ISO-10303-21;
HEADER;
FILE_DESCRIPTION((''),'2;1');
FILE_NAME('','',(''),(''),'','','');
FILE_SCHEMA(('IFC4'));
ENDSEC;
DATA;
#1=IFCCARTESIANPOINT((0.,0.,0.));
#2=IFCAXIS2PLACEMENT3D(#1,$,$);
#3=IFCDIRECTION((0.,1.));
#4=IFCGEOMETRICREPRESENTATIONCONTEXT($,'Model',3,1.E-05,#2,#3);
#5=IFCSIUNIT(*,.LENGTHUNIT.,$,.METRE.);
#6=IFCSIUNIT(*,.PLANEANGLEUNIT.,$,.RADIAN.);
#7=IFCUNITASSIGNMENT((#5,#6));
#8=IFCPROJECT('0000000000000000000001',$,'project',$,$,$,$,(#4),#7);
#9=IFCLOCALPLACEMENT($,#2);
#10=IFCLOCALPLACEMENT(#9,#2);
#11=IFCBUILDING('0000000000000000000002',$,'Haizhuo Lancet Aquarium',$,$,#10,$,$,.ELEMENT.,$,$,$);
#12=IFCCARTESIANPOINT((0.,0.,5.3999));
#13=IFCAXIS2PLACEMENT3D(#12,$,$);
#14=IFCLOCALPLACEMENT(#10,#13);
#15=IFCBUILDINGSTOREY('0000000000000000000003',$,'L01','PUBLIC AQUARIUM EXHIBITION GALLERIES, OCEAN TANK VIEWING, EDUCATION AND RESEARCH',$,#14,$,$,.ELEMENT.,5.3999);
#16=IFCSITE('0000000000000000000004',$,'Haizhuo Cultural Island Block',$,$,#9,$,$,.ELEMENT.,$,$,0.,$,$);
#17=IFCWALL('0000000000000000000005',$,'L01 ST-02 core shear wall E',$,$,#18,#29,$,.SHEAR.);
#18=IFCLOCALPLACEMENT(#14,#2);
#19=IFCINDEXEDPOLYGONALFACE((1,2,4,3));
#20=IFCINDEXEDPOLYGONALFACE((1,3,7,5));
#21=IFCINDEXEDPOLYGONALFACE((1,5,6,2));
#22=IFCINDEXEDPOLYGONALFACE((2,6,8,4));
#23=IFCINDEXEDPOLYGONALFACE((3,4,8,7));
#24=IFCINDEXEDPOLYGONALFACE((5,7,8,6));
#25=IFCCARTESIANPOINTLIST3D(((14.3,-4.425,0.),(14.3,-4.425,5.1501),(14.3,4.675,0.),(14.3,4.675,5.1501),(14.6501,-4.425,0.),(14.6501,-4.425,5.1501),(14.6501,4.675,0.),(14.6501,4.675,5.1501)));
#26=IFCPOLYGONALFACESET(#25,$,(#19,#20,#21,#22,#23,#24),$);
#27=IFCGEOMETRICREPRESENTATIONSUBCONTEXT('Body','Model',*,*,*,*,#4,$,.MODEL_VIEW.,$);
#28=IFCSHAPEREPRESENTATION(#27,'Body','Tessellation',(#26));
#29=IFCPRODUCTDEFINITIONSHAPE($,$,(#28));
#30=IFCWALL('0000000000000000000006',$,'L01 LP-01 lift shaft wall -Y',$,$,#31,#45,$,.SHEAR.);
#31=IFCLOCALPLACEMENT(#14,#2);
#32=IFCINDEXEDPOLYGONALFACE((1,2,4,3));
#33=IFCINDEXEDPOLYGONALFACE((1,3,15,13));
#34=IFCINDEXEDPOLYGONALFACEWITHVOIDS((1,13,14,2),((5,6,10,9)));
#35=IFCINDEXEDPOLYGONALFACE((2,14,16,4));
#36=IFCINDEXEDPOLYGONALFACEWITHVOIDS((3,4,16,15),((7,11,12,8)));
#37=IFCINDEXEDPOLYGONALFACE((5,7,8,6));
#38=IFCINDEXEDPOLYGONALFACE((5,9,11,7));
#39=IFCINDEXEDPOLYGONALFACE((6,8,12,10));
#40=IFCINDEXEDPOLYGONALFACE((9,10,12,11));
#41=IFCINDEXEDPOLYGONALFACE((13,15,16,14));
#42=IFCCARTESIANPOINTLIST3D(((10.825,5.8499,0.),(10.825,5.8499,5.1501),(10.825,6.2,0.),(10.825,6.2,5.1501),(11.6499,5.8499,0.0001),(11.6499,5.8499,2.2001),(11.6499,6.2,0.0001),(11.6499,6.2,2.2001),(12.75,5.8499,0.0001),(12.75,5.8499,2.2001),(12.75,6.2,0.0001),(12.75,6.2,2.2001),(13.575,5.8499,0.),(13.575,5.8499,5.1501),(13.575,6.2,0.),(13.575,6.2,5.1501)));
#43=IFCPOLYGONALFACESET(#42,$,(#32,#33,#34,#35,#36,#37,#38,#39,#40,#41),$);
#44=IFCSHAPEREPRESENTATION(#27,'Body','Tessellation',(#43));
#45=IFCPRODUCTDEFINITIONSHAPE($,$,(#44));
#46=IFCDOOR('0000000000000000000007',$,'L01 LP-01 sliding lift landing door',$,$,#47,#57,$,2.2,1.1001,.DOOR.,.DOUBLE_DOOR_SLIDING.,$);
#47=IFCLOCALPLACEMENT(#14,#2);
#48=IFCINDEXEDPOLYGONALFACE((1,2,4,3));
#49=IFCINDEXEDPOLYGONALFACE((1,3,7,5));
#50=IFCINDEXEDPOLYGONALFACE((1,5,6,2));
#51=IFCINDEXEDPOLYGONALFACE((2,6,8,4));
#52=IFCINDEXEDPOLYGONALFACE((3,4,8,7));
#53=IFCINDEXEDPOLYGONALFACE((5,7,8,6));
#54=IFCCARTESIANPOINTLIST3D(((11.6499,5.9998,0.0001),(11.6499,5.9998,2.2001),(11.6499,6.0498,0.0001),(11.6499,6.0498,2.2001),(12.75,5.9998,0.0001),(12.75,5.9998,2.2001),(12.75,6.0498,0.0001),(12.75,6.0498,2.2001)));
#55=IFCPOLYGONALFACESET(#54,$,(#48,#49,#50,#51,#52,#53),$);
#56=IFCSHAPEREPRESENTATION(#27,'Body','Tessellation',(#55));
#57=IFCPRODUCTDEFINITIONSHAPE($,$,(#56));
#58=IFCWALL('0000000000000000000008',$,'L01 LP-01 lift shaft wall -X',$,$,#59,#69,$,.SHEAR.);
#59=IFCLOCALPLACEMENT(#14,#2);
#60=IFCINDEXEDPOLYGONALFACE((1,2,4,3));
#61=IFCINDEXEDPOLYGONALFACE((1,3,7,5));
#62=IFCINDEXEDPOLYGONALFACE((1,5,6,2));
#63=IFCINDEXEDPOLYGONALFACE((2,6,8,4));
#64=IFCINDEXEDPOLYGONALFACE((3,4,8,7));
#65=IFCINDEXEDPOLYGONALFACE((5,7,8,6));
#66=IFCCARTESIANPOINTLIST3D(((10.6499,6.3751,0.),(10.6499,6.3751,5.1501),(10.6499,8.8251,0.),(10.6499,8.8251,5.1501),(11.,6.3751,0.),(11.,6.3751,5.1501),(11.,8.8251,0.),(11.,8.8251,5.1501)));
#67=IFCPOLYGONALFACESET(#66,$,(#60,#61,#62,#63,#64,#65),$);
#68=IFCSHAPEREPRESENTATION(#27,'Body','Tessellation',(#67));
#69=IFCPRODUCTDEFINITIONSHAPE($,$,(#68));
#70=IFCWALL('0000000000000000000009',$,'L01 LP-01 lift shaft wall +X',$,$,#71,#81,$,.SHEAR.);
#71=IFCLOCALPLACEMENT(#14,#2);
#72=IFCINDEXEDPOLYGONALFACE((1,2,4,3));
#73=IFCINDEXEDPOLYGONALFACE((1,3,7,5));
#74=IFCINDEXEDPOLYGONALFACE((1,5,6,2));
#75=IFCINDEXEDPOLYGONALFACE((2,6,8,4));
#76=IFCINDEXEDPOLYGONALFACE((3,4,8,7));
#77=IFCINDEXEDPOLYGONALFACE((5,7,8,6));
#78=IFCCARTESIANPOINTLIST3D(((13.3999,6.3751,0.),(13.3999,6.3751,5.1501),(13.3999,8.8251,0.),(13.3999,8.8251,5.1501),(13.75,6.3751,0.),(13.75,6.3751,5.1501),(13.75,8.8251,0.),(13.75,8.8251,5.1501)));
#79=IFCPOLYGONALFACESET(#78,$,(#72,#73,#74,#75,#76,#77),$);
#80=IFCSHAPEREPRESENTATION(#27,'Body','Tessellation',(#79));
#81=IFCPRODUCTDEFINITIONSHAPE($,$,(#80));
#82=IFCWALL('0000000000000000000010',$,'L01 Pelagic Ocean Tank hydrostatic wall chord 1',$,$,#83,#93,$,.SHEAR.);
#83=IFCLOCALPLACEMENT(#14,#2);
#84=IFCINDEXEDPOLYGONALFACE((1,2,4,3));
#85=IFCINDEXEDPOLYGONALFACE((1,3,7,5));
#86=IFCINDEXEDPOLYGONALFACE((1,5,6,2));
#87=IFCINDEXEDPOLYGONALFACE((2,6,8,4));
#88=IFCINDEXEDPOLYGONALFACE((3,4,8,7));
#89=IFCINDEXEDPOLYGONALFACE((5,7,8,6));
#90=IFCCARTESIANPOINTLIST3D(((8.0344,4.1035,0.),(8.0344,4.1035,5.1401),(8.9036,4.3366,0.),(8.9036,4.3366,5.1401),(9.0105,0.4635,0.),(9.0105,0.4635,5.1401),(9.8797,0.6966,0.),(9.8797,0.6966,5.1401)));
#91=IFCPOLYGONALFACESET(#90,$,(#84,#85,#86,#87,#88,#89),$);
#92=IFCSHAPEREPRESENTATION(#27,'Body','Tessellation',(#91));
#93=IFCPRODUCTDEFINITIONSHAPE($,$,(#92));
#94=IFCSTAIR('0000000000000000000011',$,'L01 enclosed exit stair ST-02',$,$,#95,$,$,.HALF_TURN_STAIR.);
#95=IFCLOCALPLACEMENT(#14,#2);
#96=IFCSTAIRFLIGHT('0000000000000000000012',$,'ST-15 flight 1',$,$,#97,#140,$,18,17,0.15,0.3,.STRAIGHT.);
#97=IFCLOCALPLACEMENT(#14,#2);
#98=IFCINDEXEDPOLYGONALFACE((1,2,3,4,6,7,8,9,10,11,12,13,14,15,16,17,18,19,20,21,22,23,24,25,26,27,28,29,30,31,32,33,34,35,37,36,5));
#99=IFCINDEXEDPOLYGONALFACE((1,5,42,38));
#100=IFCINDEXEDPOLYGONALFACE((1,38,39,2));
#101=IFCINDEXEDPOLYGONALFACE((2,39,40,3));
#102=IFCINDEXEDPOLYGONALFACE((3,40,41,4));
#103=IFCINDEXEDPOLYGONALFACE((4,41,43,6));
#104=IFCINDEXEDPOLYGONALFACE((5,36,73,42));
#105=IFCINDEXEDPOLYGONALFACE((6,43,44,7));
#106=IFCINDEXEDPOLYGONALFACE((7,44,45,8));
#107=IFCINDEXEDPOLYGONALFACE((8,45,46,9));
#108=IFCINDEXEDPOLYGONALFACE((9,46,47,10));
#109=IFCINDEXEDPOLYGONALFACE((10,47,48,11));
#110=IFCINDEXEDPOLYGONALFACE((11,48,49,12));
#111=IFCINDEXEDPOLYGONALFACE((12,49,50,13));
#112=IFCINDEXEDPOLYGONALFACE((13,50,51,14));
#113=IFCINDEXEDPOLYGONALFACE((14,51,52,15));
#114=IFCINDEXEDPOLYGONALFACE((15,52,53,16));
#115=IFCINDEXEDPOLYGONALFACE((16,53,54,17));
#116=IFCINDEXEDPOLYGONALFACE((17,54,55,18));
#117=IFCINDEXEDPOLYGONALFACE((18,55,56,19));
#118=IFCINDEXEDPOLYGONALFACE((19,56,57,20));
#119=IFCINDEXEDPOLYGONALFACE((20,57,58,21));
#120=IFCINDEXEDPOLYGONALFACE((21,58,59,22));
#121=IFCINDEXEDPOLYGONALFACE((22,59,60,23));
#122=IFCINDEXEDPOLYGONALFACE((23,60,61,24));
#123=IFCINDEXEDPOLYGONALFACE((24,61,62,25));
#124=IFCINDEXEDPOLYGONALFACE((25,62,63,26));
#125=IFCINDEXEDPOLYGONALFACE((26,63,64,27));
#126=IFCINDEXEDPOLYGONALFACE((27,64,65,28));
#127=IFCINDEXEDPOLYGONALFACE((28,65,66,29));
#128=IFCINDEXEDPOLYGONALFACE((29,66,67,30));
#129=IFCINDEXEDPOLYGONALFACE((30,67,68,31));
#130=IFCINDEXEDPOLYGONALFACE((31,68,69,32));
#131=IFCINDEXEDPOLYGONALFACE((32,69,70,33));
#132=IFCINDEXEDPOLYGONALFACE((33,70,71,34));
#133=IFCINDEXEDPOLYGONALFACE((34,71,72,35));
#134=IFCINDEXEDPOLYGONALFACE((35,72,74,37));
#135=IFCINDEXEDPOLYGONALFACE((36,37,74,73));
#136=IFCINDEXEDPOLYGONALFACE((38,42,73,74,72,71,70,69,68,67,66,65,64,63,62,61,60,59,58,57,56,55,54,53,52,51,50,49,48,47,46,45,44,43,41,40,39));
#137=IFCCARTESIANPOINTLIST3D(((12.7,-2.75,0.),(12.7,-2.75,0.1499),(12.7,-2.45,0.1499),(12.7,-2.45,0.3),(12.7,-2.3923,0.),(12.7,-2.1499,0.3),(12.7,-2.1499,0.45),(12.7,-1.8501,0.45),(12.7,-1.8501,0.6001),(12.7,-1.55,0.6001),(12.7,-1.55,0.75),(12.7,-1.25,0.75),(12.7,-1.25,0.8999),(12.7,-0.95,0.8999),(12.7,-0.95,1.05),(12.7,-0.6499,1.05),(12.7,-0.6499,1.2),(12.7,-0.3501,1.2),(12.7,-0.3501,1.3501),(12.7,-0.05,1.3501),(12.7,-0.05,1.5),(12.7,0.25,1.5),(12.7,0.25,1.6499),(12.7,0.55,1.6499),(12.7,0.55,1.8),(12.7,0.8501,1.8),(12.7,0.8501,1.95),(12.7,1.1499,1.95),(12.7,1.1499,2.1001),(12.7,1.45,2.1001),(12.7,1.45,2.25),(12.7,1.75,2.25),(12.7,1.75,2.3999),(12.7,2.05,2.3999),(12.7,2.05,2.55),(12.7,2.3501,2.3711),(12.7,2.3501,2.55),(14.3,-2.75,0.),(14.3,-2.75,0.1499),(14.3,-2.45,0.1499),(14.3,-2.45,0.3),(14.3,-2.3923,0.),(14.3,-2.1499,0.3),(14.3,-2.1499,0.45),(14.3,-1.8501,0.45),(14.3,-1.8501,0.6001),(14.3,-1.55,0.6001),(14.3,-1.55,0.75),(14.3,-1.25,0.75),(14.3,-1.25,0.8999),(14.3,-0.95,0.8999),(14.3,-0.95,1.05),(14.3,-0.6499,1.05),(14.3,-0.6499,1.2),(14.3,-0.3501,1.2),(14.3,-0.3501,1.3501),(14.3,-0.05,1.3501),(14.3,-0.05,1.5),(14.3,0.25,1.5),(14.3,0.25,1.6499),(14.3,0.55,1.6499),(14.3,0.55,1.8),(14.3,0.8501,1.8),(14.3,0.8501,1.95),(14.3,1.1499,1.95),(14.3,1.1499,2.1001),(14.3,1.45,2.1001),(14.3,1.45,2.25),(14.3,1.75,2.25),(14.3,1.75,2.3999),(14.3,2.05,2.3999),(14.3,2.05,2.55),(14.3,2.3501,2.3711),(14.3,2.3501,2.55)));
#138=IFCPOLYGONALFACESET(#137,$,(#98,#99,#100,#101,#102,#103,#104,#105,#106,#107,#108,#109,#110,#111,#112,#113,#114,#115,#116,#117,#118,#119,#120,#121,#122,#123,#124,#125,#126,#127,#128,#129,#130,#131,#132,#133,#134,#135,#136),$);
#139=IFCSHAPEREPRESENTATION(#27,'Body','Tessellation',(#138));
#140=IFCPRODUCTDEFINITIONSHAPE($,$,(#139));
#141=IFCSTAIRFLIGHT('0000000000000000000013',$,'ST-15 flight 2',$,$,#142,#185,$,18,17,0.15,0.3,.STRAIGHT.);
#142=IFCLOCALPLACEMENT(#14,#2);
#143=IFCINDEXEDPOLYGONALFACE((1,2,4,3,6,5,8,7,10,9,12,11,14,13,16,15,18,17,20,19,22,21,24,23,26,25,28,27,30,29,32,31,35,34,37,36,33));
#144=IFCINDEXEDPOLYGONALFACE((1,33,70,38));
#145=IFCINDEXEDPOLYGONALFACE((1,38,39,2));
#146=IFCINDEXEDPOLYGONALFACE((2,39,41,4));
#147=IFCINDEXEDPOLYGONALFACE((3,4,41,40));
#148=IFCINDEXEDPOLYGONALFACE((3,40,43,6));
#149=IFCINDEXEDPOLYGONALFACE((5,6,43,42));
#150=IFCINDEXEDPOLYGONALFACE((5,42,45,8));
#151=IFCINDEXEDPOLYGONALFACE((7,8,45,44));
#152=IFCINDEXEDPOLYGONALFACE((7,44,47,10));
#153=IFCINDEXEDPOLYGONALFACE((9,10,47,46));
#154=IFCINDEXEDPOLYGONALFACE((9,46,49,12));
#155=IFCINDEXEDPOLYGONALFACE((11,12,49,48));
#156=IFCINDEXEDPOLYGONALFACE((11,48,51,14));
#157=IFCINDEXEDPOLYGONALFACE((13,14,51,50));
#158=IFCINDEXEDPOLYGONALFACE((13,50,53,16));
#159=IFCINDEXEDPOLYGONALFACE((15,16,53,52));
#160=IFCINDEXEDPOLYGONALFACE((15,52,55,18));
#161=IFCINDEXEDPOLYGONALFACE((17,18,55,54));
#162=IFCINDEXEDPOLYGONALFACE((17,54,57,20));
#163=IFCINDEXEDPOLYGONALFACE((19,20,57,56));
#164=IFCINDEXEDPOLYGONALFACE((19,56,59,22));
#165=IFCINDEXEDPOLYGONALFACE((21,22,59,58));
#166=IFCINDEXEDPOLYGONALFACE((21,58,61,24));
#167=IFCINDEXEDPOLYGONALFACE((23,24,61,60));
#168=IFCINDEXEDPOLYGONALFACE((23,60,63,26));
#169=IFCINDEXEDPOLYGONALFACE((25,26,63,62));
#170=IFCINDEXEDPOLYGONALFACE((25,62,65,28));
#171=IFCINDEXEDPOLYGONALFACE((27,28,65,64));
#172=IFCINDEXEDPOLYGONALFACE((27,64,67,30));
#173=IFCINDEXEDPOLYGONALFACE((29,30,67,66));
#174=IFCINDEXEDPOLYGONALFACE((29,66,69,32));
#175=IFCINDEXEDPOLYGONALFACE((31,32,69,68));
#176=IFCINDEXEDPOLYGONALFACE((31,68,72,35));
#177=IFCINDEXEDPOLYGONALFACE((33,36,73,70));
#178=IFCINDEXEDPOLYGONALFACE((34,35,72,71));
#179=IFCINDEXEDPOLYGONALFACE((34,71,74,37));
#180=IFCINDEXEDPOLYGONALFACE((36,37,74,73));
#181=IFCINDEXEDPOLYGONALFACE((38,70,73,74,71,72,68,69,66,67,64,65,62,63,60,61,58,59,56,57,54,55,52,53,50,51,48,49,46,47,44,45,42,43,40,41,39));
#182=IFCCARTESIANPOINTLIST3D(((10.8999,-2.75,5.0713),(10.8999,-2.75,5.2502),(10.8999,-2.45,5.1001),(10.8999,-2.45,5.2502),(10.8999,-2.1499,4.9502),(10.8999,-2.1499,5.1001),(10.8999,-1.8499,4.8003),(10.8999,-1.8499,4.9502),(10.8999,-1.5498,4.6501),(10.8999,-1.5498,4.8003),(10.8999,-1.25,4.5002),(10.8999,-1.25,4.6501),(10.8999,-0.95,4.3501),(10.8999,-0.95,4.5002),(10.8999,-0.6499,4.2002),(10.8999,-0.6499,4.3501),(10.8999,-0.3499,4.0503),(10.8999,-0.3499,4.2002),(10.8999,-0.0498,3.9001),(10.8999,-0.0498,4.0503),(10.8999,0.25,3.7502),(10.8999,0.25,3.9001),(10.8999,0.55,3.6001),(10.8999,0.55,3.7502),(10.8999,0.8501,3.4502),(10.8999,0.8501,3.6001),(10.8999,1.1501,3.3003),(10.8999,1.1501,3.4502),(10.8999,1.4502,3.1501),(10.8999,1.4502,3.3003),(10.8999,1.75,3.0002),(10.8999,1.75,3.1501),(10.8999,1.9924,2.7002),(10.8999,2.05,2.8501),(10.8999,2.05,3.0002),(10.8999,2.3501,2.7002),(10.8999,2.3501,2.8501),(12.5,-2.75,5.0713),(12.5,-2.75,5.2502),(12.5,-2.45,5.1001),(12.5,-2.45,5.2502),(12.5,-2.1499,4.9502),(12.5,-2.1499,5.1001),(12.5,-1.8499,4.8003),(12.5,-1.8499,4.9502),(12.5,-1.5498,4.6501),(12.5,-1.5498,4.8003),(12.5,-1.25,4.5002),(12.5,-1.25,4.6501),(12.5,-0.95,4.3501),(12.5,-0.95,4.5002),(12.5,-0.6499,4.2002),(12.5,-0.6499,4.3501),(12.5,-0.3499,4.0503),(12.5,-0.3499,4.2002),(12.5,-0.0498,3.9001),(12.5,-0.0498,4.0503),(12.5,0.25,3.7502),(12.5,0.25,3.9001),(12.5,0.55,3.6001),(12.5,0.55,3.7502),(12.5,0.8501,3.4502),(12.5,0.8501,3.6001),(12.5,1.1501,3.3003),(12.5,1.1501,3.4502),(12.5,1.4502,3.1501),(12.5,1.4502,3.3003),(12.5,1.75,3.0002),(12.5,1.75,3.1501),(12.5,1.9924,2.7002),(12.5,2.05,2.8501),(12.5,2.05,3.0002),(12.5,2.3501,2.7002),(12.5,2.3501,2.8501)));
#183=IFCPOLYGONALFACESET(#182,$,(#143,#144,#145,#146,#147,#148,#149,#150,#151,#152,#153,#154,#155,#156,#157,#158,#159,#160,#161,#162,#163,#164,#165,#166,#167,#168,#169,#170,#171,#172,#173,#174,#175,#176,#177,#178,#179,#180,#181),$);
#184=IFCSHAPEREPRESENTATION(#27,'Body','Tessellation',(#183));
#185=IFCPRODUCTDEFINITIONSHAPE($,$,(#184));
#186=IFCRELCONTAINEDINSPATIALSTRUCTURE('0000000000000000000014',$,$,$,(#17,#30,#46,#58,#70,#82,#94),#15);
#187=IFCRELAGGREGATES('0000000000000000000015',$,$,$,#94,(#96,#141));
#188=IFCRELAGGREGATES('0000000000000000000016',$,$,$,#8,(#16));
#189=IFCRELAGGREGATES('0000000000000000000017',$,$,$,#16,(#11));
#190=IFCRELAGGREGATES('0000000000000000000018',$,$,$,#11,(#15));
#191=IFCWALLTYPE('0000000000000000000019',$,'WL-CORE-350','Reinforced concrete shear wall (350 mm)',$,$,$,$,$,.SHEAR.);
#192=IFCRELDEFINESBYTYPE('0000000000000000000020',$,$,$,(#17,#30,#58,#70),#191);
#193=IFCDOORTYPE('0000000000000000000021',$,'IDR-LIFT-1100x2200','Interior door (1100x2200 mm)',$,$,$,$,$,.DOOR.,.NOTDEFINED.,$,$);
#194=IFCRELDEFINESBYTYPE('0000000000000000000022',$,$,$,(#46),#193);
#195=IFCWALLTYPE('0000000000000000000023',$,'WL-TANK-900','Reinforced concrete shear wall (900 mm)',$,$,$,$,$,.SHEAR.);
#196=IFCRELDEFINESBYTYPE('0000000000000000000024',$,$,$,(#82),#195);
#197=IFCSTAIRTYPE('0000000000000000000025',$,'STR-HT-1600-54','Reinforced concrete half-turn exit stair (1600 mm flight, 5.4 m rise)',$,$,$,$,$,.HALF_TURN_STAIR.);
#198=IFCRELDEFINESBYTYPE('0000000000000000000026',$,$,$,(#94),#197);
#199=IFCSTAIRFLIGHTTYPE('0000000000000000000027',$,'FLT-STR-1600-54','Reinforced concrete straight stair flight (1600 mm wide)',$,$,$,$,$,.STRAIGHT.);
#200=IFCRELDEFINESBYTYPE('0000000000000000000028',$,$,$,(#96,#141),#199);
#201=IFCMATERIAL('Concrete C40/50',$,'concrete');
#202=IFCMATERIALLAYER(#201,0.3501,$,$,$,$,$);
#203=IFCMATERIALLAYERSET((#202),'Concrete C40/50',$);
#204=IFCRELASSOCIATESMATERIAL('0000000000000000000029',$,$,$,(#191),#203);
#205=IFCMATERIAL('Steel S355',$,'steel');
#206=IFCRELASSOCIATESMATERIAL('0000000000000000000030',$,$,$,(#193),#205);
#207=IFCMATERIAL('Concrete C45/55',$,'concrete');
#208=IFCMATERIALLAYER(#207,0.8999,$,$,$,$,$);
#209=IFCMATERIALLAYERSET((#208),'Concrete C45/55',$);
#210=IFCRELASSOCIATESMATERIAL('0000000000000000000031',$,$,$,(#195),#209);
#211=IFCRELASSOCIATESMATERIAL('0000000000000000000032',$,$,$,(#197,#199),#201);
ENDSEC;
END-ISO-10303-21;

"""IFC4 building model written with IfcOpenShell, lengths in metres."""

from ifc_helpers import new_model, si_unit, direction, frame, frame_2d, origin, place, context, subcontext, project, spatial, polyline, rectangle, outline, extrude, material, layer, layer_set, type_object, element, fill, aggregate, save


model = new_model("IFC4")

# Units and contexts
model_context = context("Model", 3, precision=1e-05, world=origin(), true_north=direction((0.0, 1.0)))
body_context = subcontext(model_context, "Body", "Model", "MODEL_VIEW")
ifc_project = project(units=[si_unit("LENGTHUNIT", "METRE"), si_unit("PLANEANGLEUNIT", "RADIAN")], contexts=[model_context])

# Site, building, storey
site_placement = place(None, origin())
site = spatial("IfcSite", under=ifc_project, at=site_placement, Name="Haizhuo Cultural Island Block", CompositionType="ELEMENT", RefElevation=0.0)
building_placement = place(site_placement, origin())
building = spatial("IfcBuilding", under=site, at=building_placement, Name="Haizhuo Lancet Aquarium", CompositionType="ELEMENT")
storey_placement = place(building_placement, frame((0.0, 0.0, 5.3999)))
storey = spatial("IfcBuildingStorey", under=building, at=storey_placement, Name="L01", Description="PUBLIC AQUARIUM EXHIBITION GALLERIES, OCEAN TANK VIEWING, EDUCATION AND RESEARCH", CompositionType="ELEMENT", Elevation=5.3999)

# Shared definitions
ifc_material_1 = material(Name="Concrete C40/50", Category="concrete")

# Wall
ifc_layer_1 = layer(ifc_material_1, 0.3501)
ifc_layer_set_1 = layer_set([ifc_layer_1], Name="Concrete C40/50")
wall_type_1 = type_object("IfcWallType", Name="WL-CORE-350", Description="Reinforced concrete shear wall (350 mm)", PredefinedType="SHEAR", material=ifc_layer_set_1)
wall_1_placement = place(storey_placement, frame((14.4751, -4.425, 0.0), z_axis=(0.0, 0.0, 1.0), x_axis=(0.0, 1.0, 0.0)))
element("IfcWall", 1, at=wall_1_placement, inside=storey, type_object=wall_type_1, Name="L01 ST-02 core shear wall E", PredefinedType="SHEAR", context=body_context, shape_type="SweptSolid", body=[
    extrude(rectangle(XDim=9.1001, YDim=0.3501, at=frame_2d((4.55, 0.0))), origin(), (0.0, 0.0, 1.0), 5.1501),
])

# Wall, opening, door
wall_2_placement = place(storey_placement, frame((10.825, 6.0249, 0.0), z_axis=(0.0, 0.0, 1.0), x_axis=(1.0, 0.0, 0.0)))
wall_2 = element("IfcWall", 2, at=wall_2_placement, inside=storey, type_object=wall_type_1, Name="L01 LP-01 lift shaft wall -Y", PredefinedType="SHEAR", context=body_context, shape_type="SweptSolid", body=[
    extrude(rectangle(XDim=2.75, YDim=0.3501, at=frame_2d((1.375, 0.0))), origin(), (0.0, 0.0, 1.0), 5.1501),
])
opening_1_placement = place(wall_2_placement, frame((0.825, 0.0, 0.0)))
opening_1 = element("IfcOpeningElement", 3, at=opening_1_placement, cuts=wall_2, PredefinedType="OPENING", context=body_context, shape_type="SweptSolid", body=[
    extrude(rectangle(XDim=1.1001, YDim=2.2, at=frame_2d((0.55, 1.1001))), frame((0.0, 0.1851, 0.0), z_axis=(0.0, -1.0, 0.0), x_axis=(1.0, 0.0, 0.0)), (0.0, 0.0, 1.0), 0.3701),
])
ifc_material_2 = material(Name="Steel S355", Category="steel")
door_type = type_object("IfcDoorType", Name="IDR-LIFT-1100x2200", Description="Interior door (1100x2200 mm)", OperationType="NOTDEFINED", PredefinedType="DOOR", material=ifc_material_2)
door_placement = place(opening_1_placement, origin())
door = element("IfcDoor", 4, at=door_placement, inside=storey, type_object=door_type, Name="L01 LP-01 sliding lift landing door", OperationType="DOUBLE_DOOR_SLIDING", OverallHeight=2.2, OverallWidth=1.1001, PredefinedType="DOOR", context=body_context, shape_type="SweptSolid", body=[
    extrude(rectangle(XDim=1.1001, YDim=2.2, at=frame_2d((0.55, 1.1001))), frame((0.0, 0.0249, 0.0), z_axis=(0.0, -1.0, 0.0), x_axis=(1.0, 0.0, 0.0)), (0.0, 0.0, 1.0), 0.05),
])
fill(opening_1, door)

# Walls
for number, where, z_axis, x_axis, name in (
    (5, (10.825, 6.375, 0.0), (0.0, 0.0, 1.0), (0.0, 1.0, 0.0), "L01 LP-01 lift shaft wall -X"),
    (6, (13.575, 6.375, 0.0), (0.0, 0.0, 1.0), (0.0, 1.0, 0.0), "L01 LP-01 lift shaft wall +X"),
):
    element("IfcWall", number, at=place(storey_placement, frame(where, z_axis=z_axis, x_axis=x_axis)), inside=storey, type_object=wall_type_1, Name=name, PredefinedType="SHEAR", context=body_context, shape_type="SweptSolid", body=[
        extrude(rectangle(XDim=2.45, YDim=0.3501, at=frame_2d((1.2251, 0.0))), origin(), (0.0, 0.0, 1.0), 5.1501),
    ])
ifc_material_3 = material(Name="Concrete C45/55", Category="concrete")
ifc_layer_2 = layer(ifc_material_3, 0.8999)
ifc_layer_set_2 = layer_set([ifc_layer_2], Name="Concrete C45/55")
wall_type_2 = type_object("IfcWallType", Name="WL-TANK-900", Description="Reinforced concrete shear wall (900 mm)", PredefinedType="SHEAR", material=ifc_layer_set_2)
wall_3_placement = place(storey_placement, frame((9.4451, 0.5801, 0.0), z_axis=(0.0, 0.0, 1.0), x_axis=(-0.259009, 0.965875, 0.0)))
element("IfcWall", 7, at=wall_3_placement, inside=storey, type_object=wall_type_2, Name="L01 Pelagic Ocean Tank hydrostatic wall chord 1", PredefinedType="SHEAR", context=body_context, shape_type="SweptSolid", body=[
    extrude(rectangle(XDim=3.7686, YDim=0.8999, at=frame_2d((1.8843, 0.0))), origin(), (0.0, 0.0, 1.0), 5.1401),
])

# Stair, stair flights
stair_type = type_object("IfcStairType", Name="STR-HT-1600-54", Description="Reinforced concrete half-turn exit stair (1600 mm flight, 5.4 m rise)", PredefinedType="HALF_TURN_STAIR", material=ifc_material_1)
stair_placement = place(storey_placement, origin())
stair = element("IfcStair", 8, at=stair_placement, inside=storey, type_object=stair_type, Name="L01 enclosed exit stair ST-02", PredefinedType="HALF_TURN_STAIR")
stair_flight_type = type_object("IfcStairFlightType", Name="FLT-STR-1600-54", Description="Reinforced concrete straight stair flight (1600 mm wide)", PredefinedType="STRAIGHT", material=ifc_material_1)
stair_flight_1_placement = place(storey_placement, frame((13.5, -2.75, 0.0), z_axis=(0.0, 0.0, 1.0), x_axis=(0.0, 1.0, 0.0)))
stair_flight_1 = element("IfcStairFlight", 9, at=stair_flight_1_placement, type_object=stair_flight_type, Name="ST-15 flight 1", NumberOfRisers=18, NumberOfTreads=17, PredefinedType="STRAIGHT", RiserHeight=0.15, TreadLength=0.3, context=body_context, shape_type="SweptSolid", body=[
    extrude(outline(polyline([(0.0, 0.0), (0.0, 0.1499), (0.3, 0.1499), (0.3, 0.3), (0.6001, 0.3), (0.6001, 0.45), (0.8999, 0.45), (0.8999, 0.6001), (1.2, 0.6001), (1.2, 0.75), (1.5, 0.75), (1.5, 0.8999), (1.8, 0.8999), (1.8, 1.05), (2.1001, 1.05), (2.1001, 1.2), (2.3999, 1.2), (2.3999, 1.3501), (2.7, 1.3501), (2.7, 1.5), (3.0, 1.5), (3.0, 1.6499), (3.3, 1.6499), (3.3, 1.8), (3.6001, 1.8), (3.6001, 1.95), (3.8999, 1.95), (3.8999, 2.1001), (4.2, 2.1001), (4.2, 2.25), (4.5, 2.25), (4.5, 2.3999), (4.8, 2.3999), (4.8, 2.55), (5.1001, 2.55), (5.1001, 2.7), (5.1001, 2.3711), (0.3577, 0.0), (0.0, 0.0)])), frame((0.0, 0.8, 0.0), z_axis=(0.0, -1.0, 0.0), x_axis=(1.0, 0.0, 0.0)), (0.0, 0.0, 1.0), 1.6001),
])
stair_flight_2_placement = place(storey_placement, frame((11.7, 2.3501, 2.7002), z_axis=(0.0, 0.0, 1.0), x_axis=(0.0, -1.0, 0.0)))
stair_flight_2 = element("IfcStairFlight", 10, at=stair_flight_2_placement, type_object=stair_flight_type, Name="ST-15 flight 2", NumberOfRisers=18, NumberOfTreads=17, PredefinedType="STRAIGHT", RiserHeight=0.15, TreadLength=0.3, context=body_context, shape_type="SweptSolid", body=[
    extrude(outline(polyline([(0.0, 0.0), (0.0, 0.1499), (0.3, 0.1499), (0.3, 0.3), (0.6001, 0.3), (0.6001, 0.45), (0.8999, 0.45), (0.8999, 0.6001), (1.2, 0.6001), (1.2, 0.75), (1.5, 0.75), (1.5, 0.8999), (1.8, 0.8999), (1.8, 1.05), (2.1001, 1.05), (2.1001, 1.2), (2.3999, 1.2), (2.3999, 1.3501), (2.7, 1.3501), (2.7, 1.5), (3.0, 1.5), (3.0, 1.6499), (3.3, 1.6499), (3.3, 1.8), (3.6001, 1.8), (3.6001, 1.95), (3.8999, 1.95), (3.8999, 2.1001), (4.2, 2.1001), (4.2, 2.25), (4.5, 2.25), (4.5, 2.3999), (4.8, 2.3999), (4.8, 2.55), (5.1001, 2.55), (5.1001, 2.7), (5.1001, 2.3711), (0.3577, 0.0), (0.0, 0.0)])), frame((0.0, 0.8, 0.0), z_axis=(0.0, -1.0, 0.0), x_axis=(1.0, 0.0, 0.0)), (0.0, 0.0, 1.0), 1.6001),
])
aggregate(stair, [stair_flight_1, stair_flight_2])

save(model, "model.ifc")
